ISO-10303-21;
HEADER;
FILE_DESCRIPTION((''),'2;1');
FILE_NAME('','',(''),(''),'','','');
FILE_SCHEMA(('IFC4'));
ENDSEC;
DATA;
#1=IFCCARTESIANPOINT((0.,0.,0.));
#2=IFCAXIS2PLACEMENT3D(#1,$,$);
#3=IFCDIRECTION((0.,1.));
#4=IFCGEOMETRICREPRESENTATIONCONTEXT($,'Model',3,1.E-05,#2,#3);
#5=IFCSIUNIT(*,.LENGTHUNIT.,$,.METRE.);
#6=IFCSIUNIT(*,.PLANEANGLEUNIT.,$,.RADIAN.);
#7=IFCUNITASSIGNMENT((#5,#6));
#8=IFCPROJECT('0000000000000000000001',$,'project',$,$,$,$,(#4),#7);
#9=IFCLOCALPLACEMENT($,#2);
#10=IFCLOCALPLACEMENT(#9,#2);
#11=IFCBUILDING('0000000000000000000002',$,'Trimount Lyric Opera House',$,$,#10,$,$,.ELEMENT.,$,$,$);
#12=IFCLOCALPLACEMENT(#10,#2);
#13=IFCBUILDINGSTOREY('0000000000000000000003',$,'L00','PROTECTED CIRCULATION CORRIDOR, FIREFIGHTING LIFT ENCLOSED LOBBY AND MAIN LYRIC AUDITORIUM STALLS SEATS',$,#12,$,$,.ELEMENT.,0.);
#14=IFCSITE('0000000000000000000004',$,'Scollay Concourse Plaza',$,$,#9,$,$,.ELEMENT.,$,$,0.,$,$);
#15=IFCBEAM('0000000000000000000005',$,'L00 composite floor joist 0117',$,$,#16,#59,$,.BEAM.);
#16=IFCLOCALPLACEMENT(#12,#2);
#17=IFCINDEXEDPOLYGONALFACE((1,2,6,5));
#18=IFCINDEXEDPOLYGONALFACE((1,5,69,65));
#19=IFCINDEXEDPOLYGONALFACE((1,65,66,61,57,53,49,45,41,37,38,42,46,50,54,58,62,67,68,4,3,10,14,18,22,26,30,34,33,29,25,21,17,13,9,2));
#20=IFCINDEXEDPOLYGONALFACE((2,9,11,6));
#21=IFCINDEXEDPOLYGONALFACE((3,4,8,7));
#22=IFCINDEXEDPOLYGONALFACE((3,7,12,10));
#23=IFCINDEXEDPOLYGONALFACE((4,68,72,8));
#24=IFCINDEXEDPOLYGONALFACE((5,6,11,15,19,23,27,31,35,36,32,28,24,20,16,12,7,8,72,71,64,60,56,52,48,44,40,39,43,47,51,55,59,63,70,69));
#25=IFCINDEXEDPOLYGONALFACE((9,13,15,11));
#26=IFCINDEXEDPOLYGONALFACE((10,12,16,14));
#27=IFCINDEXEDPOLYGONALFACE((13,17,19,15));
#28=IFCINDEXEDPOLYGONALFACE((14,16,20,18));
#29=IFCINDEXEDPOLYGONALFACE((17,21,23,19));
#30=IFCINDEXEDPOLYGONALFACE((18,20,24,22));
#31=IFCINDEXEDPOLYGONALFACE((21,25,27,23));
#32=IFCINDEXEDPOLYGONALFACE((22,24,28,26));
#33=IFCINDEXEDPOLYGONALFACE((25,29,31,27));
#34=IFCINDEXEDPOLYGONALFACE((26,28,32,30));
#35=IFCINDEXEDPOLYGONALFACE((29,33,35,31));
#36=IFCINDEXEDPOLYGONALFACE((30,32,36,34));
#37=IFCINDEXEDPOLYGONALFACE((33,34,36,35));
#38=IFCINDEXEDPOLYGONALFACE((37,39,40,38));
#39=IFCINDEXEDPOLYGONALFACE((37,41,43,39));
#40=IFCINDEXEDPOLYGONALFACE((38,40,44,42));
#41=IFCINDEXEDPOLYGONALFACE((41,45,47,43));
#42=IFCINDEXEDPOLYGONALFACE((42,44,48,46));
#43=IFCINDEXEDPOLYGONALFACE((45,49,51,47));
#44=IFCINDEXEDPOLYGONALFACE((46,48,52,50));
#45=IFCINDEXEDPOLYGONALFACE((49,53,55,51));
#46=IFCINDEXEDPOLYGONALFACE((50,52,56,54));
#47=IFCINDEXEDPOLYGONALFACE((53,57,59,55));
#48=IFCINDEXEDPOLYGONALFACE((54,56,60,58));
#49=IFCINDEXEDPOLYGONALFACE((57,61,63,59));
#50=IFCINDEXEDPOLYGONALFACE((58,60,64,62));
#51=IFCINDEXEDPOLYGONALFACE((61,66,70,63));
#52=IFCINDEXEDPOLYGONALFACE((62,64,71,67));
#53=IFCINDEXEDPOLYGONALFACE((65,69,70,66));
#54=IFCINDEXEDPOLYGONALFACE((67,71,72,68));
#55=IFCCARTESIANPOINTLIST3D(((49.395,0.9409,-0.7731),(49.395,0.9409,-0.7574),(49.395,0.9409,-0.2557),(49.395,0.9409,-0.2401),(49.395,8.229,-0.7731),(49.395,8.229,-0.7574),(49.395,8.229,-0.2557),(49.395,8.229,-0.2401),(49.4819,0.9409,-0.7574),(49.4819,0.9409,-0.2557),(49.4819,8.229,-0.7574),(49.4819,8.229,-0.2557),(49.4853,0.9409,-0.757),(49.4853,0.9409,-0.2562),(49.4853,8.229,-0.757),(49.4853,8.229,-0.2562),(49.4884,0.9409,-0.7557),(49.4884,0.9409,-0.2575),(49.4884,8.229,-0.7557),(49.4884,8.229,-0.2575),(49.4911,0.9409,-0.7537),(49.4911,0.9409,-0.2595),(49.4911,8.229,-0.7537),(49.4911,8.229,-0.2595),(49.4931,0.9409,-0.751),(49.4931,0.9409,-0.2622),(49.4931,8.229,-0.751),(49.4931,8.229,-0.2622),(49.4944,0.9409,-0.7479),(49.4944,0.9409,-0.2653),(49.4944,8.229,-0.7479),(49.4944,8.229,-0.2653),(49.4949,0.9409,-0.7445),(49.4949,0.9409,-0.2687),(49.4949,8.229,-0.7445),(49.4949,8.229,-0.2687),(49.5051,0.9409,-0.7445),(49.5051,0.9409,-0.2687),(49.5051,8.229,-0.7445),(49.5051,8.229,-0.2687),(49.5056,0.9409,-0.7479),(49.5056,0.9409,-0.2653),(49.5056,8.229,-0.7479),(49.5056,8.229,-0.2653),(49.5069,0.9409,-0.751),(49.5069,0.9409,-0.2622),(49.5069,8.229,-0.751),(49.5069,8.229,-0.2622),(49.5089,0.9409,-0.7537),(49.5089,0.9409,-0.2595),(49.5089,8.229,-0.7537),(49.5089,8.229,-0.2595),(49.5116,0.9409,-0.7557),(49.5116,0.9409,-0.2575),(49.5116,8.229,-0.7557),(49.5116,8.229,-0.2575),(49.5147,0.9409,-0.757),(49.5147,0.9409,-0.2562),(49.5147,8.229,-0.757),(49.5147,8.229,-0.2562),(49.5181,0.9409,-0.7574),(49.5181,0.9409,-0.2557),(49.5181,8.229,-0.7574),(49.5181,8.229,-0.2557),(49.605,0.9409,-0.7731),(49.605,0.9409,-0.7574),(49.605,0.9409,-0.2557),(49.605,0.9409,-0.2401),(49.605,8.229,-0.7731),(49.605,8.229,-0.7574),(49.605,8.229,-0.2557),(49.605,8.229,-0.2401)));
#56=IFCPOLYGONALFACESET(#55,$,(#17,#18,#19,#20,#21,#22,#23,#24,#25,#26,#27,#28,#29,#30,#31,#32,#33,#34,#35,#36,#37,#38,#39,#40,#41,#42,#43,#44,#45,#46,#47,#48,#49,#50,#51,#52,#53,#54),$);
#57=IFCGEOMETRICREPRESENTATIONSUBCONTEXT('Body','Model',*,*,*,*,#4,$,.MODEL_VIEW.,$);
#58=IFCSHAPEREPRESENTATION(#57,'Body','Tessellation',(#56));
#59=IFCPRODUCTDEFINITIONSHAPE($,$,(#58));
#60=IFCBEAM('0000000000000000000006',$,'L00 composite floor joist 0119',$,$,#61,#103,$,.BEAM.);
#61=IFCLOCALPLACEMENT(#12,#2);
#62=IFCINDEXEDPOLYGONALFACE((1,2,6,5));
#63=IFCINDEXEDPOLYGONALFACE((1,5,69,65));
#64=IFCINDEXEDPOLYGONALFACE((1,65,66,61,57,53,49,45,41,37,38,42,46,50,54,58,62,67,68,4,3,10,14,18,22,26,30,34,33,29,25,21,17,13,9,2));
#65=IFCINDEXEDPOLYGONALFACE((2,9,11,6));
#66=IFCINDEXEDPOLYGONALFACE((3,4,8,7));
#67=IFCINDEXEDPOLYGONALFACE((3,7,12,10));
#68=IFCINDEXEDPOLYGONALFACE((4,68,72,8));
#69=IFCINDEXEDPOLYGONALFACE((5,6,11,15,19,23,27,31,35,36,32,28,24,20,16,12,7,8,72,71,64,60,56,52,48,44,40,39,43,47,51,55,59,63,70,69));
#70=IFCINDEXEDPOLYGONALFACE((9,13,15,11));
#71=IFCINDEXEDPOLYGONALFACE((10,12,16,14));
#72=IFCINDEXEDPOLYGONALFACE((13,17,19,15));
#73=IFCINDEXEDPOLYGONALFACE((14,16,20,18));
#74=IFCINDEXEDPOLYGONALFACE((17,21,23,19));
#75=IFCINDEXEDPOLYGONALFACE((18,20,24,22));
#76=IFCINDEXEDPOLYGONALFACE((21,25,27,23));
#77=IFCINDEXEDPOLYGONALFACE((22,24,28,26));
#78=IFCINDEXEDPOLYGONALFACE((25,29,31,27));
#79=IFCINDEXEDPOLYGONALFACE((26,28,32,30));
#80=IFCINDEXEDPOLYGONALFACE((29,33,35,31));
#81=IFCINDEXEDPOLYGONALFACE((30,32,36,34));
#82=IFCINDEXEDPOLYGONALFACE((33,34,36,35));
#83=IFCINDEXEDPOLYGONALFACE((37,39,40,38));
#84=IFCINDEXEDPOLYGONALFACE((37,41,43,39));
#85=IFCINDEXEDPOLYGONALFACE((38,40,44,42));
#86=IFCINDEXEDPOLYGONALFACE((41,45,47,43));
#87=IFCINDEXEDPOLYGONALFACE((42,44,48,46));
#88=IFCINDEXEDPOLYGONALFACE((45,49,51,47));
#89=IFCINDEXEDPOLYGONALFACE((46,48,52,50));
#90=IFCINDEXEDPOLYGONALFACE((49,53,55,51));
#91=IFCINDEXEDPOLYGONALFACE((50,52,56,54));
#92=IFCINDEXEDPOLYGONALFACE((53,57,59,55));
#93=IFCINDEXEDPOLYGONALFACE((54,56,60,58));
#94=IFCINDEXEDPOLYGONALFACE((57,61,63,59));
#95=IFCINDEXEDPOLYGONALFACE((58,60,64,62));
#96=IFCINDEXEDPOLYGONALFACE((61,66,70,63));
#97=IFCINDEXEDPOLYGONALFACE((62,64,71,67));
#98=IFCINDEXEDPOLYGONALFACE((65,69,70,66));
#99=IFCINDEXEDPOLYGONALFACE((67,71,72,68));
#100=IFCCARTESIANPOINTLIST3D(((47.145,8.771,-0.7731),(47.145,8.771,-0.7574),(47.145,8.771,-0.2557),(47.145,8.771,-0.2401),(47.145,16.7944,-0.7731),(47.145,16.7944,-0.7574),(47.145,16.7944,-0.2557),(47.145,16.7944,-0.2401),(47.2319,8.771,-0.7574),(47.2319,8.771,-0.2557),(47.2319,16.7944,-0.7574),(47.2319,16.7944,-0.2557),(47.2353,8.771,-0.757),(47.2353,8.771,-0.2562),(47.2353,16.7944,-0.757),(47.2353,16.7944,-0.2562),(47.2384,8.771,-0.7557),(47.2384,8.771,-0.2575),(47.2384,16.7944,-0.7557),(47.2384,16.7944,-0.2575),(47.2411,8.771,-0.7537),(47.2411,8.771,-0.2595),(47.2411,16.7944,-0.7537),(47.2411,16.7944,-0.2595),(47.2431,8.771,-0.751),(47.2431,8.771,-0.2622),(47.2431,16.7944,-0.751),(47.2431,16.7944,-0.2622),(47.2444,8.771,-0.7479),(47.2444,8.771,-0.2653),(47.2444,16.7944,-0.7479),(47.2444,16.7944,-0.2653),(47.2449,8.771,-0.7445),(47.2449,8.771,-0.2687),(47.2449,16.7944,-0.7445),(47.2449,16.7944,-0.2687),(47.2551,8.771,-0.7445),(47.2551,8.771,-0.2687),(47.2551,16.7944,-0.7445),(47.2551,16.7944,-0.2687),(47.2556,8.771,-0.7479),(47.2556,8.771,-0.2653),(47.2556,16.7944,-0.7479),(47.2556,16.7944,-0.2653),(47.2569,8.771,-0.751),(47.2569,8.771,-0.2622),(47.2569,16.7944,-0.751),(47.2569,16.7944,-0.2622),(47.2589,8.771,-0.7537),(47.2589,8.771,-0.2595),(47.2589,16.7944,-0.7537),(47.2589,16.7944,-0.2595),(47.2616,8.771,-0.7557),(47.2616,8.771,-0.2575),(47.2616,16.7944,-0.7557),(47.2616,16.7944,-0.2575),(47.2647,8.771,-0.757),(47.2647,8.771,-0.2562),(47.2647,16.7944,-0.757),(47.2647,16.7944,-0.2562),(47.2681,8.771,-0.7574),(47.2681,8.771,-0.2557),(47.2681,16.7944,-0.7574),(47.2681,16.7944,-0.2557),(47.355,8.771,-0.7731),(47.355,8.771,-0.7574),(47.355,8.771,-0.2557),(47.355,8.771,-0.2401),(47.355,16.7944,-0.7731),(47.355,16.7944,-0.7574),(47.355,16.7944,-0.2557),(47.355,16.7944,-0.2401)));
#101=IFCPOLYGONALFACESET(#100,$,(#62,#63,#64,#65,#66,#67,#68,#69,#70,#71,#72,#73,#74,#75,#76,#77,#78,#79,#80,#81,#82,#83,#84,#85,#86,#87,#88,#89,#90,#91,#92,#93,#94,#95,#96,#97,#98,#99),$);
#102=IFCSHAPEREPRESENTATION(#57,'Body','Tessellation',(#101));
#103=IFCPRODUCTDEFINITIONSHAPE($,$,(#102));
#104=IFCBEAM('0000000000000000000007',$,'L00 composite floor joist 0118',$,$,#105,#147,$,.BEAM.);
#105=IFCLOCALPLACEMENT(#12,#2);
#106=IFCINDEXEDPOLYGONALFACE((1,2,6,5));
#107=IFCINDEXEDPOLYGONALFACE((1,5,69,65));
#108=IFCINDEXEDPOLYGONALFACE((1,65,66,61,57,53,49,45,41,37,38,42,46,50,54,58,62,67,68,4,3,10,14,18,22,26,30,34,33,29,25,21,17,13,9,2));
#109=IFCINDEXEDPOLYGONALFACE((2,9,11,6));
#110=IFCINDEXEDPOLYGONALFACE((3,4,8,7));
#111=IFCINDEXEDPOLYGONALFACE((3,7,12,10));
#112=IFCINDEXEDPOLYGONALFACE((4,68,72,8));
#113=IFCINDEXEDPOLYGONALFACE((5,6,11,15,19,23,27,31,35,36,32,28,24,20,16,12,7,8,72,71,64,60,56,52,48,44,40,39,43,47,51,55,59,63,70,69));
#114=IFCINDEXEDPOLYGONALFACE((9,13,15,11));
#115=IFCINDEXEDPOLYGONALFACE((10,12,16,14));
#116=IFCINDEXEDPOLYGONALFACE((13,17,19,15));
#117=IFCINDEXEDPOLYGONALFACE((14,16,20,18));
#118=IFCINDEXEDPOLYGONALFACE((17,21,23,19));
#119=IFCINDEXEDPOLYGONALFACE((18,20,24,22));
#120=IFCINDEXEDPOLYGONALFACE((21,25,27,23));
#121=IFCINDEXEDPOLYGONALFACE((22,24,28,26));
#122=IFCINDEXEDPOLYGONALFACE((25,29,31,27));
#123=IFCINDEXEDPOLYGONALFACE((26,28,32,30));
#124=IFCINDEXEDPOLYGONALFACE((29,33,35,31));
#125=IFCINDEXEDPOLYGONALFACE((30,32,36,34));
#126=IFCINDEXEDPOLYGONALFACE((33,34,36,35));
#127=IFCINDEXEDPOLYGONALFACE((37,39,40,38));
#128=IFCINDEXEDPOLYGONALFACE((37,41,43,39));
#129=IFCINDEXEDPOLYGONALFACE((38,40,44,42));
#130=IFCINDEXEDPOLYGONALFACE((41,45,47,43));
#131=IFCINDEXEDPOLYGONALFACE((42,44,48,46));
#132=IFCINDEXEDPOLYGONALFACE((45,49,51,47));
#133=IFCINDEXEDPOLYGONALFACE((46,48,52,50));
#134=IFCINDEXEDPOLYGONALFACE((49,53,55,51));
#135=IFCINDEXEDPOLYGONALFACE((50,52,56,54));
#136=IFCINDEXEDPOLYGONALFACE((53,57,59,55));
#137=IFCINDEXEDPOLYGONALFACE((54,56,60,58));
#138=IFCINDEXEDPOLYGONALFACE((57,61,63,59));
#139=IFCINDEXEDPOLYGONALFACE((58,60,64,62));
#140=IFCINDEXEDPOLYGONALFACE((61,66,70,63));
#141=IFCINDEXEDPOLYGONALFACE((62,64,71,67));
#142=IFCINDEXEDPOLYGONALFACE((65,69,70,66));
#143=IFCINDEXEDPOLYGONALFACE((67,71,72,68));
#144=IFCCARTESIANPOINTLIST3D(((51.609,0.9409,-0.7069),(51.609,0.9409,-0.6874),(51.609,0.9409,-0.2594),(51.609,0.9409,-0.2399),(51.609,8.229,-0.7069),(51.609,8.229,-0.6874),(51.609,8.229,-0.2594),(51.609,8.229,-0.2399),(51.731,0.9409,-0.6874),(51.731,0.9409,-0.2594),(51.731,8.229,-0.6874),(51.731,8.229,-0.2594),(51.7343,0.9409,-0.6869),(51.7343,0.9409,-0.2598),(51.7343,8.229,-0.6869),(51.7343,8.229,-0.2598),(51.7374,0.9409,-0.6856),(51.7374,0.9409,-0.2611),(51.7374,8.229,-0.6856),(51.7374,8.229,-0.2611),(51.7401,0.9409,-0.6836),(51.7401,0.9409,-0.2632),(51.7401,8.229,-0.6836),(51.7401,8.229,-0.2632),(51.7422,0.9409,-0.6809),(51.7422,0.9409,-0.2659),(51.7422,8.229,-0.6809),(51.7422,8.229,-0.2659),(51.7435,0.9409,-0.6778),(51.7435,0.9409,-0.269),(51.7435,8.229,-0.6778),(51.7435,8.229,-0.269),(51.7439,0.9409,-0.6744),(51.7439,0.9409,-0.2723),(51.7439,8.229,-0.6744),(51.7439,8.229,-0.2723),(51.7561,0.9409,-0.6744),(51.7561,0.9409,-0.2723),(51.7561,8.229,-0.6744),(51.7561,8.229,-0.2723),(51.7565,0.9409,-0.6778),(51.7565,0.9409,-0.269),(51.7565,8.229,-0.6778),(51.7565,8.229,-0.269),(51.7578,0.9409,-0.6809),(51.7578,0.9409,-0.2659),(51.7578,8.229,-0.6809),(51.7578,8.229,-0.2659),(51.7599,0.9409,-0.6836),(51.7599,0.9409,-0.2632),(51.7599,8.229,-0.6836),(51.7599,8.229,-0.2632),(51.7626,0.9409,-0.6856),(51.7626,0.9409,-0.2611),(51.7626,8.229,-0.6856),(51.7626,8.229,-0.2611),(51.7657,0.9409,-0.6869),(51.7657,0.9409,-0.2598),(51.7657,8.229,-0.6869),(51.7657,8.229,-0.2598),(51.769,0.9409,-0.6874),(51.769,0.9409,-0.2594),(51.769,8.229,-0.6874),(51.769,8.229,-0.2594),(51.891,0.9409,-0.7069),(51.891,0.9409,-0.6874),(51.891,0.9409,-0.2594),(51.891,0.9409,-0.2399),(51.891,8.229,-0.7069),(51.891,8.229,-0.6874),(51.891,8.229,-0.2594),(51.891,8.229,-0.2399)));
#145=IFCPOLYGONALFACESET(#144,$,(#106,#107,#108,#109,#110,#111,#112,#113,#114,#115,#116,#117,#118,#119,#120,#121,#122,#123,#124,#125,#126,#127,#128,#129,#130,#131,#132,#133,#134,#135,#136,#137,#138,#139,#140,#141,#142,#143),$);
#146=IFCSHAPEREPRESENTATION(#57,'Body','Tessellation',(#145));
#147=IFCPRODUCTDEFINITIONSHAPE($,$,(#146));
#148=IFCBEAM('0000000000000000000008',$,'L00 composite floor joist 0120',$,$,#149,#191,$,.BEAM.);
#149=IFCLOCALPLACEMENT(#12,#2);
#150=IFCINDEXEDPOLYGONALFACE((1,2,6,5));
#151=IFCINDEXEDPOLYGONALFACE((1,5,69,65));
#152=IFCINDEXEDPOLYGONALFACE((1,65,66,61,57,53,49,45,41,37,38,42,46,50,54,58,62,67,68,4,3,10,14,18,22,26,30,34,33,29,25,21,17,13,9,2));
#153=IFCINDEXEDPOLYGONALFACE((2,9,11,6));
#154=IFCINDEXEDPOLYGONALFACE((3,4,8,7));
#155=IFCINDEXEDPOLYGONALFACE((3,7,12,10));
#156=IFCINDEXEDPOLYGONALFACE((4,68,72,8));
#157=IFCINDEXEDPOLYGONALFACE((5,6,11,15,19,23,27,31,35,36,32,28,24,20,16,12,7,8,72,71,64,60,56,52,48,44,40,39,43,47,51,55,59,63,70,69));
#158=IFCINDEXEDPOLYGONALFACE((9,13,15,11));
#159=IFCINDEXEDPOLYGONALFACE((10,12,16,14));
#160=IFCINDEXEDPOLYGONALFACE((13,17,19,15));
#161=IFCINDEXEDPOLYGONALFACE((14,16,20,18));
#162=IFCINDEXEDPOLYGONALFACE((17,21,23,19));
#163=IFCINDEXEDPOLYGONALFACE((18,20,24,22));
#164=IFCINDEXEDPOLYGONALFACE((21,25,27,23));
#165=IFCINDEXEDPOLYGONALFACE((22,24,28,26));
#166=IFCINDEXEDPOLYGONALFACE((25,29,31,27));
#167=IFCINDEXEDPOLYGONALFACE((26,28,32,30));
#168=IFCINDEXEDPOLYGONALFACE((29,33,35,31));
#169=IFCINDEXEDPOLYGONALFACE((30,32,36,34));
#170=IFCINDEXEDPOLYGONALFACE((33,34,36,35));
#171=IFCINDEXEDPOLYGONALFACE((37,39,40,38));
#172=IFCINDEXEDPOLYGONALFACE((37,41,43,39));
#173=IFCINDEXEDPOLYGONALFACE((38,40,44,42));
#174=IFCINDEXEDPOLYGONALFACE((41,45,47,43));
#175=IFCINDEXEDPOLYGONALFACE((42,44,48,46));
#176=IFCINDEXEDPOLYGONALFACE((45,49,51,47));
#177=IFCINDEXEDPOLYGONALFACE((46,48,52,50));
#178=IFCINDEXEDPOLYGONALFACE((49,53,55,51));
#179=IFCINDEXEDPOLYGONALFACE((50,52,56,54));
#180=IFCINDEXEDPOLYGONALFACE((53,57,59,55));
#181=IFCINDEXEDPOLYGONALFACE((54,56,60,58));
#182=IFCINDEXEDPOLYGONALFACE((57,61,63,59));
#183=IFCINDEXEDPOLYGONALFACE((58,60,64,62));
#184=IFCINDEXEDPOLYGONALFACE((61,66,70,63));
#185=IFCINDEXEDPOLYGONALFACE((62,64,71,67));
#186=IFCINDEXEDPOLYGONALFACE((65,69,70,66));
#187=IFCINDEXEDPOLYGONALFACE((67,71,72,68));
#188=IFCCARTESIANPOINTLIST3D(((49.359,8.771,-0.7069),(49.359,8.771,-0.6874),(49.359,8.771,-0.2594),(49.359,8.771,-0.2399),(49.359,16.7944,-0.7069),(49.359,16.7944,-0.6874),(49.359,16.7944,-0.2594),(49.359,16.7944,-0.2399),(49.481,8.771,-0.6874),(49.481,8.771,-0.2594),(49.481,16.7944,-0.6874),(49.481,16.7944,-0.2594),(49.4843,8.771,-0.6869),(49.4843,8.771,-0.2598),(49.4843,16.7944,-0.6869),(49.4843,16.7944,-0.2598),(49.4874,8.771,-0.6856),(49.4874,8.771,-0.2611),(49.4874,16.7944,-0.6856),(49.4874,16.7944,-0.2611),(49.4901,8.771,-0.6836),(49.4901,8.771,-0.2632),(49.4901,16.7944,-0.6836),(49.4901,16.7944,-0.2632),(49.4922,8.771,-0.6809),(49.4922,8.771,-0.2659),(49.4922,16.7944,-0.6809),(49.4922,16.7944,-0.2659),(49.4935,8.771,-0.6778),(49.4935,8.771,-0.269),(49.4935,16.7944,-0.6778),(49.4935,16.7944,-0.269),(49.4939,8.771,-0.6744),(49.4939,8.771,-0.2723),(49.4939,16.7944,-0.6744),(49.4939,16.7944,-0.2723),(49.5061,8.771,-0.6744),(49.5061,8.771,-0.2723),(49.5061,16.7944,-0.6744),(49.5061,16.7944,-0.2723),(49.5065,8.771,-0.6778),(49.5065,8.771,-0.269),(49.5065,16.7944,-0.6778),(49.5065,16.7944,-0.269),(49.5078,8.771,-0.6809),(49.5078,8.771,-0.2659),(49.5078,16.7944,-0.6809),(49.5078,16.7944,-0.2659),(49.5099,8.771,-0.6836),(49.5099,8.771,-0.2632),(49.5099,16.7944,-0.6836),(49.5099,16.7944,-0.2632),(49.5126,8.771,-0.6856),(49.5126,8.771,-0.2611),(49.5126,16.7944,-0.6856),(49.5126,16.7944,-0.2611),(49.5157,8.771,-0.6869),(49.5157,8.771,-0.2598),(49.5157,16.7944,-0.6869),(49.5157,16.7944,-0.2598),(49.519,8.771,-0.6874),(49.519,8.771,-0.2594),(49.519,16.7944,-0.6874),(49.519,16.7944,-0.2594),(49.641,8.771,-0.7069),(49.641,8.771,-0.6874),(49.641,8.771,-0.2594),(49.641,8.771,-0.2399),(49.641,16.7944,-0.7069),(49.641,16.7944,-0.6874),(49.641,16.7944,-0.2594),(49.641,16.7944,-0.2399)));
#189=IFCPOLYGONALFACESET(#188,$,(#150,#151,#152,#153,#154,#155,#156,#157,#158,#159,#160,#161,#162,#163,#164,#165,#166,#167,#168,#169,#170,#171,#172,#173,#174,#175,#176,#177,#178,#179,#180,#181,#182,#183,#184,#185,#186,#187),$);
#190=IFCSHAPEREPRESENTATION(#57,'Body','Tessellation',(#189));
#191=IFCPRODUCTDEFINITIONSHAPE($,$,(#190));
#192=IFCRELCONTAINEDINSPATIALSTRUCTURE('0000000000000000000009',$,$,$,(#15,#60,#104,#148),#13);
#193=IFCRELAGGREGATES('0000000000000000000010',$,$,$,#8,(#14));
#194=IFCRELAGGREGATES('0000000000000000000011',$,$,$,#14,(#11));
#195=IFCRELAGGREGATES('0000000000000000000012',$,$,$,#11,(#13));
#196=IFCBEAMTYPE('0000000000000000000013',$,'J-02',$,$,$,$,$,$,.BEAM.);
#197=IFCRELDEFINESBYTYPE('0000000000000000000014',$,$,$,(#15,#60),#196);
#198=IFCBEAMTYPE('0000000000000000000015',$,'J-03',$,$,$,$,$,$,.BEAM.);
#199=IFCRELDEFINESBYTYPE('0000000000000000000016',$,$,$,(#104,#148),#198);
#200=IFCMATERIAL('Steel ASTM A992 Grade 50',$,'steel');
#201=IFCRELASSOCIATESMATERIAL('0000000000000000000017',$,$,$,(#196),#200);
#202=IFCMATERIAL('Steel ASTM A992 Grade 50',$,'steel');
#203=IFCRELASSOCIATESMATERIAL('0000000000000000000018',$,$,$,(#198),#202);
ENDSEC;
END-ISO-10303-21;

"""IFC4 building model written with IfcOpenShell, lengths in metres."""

from ifc_helpers import new_model, si_unit, direction, frame, origin, origin_2d, place, context, subcontext, project, spatial, i_section, extrude, material, material_profile, profile_set, type_object, element, save


model = new_model("IFC4")

# Units and contexts
model_context = context("Model", 3, precision=1e-05, world=origin(), true_north=direction((0.0, 1.0)))
body_context = subcontext(model_context, "Body", "Model", "MODEL_VIEW")
ifc_project = project(units=[si_unit("LENGTHUNIT", "METRE"), si_unit("PLANEANGLEUNIT", "RADIAN")], contexts=[model_context])

# Site, building, storey
site_placement = place(None, origin())
site = spatial("IfcSite", under=ifc_project, at=site_placement, Name="Scollay Concourse Plaza", CompositionType="ELEMENT", RefElevation=0.0)
building_placement = place(site_placement, origin())
building = spatial("IfcBuilding", under=site, at=building_placement, Name="Trimount Lyric Opera House", CompositionType="ELEMENT")
storey_placement = place(building_placement, origin())
storey = spatial("IfcBuildingStorey", under=building, at=storey_placement, Name="L00", Description="PROTECTED CIRCULATION CORRIDOR, FIREFIGHTING LIFT ENCLOSED LOBBY AND MAIN LYRIC AUDITORIUM STALLS SEATS", CompositionType="ELEMENT", Elevation=0.0)

# Beams
ifc_material_1 = material(Name="Steel ASTM A992 Grade 50", Category="steel")
ifc_material_profile_1 = material_profile(ifc_material_1, i_section(OverallWidth=0.21, OverallDepth=0.533, WebThickness=0.0103, FlangeThickness=0.0156, FilletRadius=0.0129, at=origin_2d()), Name="W21X62")
ifc_profile_set_1 = profile_set([ifc_material_profile_1], Name="Steel ASTM A992 Grade 50")
beam_type_1 = type_object("IfcBeamType", Name="J-02", PredefinedType="BEAM", material=ifc_profile_set_1)
beam_1_placement = place(storey_placement, frame((49.5, 0.9409, -0.5066), z_axis=(0.0, 1.0, 0.0), x_axis=(-1.0, 0.0, 0.0)))
element("IfcBeam", 1, at=beam_1_placement, inside=storey, type_object=beam_type_1, Name="L00 composite floor joist 0117", PredefinedType="BEAM", context=body_context, shape_type="SweptSolid", body=[
    extrude(i_section(OverallWidth=0.21, OverallDepth=0.533, WebThickness=0.0103, FlangeThickness=0.0156, FilletRadius=0.0129, at=origin_2d()), origin(), (0.0, 0.0, 1.0), 7.2881),
])
beam_2_placement = place(storey_placement, frame((47.25, 8.771, -0.5066), z_axis=(0.0, 1.0, 0.0), x_axis=(-1.0, 0.0, 0.0)))
element("IfcBeam", 2, at=beam_2_placement, inside=storey, type_object=beam_type_1, Name="L00 composite floor joist 0119", PredefinedType="BEAM", context=body_context, shape_type="SweptSolid", body=[
    extrude(i_section(OverallWidth=0.21, OverallDepth=0.533, WebThickness=0.0103, FlangeThickness=0.0156, FilletRadius=0.0129, at=origin_2d()), origin(), (0.0, 0.0, 1.0), 8.0234),
])
ifc_material_2 = material(Name="Steel ASTM A992 Grade 50", Category="steel")
ifc_material_profile_2 = material_profile(ifc_material_2, i_section(OverallWidth=0.282, OverallDepth=0.467, WebThickness=0.0122, FlangeThickness=0.0195, FilletRadius=0.0129, at=origin_2d()), Name="W18X86")
ifc_profile_set_2 = profile_set([ifc_material_profile_2], Name="Steel ASTM A992 Grade 50")
beam_type_2 = type_object("IfcBeamType", Name="J-03", PredefinedType="BEAM", material=ifc_profile_set_2)
beam_3_placement = place(storey_placement, frame((51.75, 0.9409, -0.4734), z_axis=(0.0, 1.0, 0.0), x_axis=(-1.0, 0.0, 0.0)))
element("IfcBeam", 3, at=beam_3_placement, inside=storey, type_object=beam_type_2, Name="L00 composite floor joist 0118", PredefinedType="BEAM", context=body_context, shape_type="SweptSolid", body=[
    extrude(i_section(OverallWidth=0.282, OverallDepth=0.467, WebThickness=0.0122, FlangeThickness=0.0195, FilletRadius=0.0129, at=origin_2d()), origin(), (0.0, 0.0, 1.0), 7.2881),
])
beam_4_placement = place(storey_placement, frame((49.5, 8.771, -0.4734), z_axis=(0.0, 1.0, 0.0), x_axis=(-1.0, 0.0, 0.0)))
element("IfcBeam", 4, at=beam_4_placement, inside=storey, type_object=beam_type_2, Name="L00 composite floor joist 0120", PredefinedType="BEAM", context=body_context, shape_type="SweptSolid", body=[
    extrude(i_section(OverallWidth=0.282, OverallDepth=0.467, WebThickness=0.0122, FlangeThickness=0.0195, FilletRadius=0.0129, at=origin_2d()), origin(), (0.0, 0.0, 1.0), 8.0234),
])

save(model, "model.ifc")
